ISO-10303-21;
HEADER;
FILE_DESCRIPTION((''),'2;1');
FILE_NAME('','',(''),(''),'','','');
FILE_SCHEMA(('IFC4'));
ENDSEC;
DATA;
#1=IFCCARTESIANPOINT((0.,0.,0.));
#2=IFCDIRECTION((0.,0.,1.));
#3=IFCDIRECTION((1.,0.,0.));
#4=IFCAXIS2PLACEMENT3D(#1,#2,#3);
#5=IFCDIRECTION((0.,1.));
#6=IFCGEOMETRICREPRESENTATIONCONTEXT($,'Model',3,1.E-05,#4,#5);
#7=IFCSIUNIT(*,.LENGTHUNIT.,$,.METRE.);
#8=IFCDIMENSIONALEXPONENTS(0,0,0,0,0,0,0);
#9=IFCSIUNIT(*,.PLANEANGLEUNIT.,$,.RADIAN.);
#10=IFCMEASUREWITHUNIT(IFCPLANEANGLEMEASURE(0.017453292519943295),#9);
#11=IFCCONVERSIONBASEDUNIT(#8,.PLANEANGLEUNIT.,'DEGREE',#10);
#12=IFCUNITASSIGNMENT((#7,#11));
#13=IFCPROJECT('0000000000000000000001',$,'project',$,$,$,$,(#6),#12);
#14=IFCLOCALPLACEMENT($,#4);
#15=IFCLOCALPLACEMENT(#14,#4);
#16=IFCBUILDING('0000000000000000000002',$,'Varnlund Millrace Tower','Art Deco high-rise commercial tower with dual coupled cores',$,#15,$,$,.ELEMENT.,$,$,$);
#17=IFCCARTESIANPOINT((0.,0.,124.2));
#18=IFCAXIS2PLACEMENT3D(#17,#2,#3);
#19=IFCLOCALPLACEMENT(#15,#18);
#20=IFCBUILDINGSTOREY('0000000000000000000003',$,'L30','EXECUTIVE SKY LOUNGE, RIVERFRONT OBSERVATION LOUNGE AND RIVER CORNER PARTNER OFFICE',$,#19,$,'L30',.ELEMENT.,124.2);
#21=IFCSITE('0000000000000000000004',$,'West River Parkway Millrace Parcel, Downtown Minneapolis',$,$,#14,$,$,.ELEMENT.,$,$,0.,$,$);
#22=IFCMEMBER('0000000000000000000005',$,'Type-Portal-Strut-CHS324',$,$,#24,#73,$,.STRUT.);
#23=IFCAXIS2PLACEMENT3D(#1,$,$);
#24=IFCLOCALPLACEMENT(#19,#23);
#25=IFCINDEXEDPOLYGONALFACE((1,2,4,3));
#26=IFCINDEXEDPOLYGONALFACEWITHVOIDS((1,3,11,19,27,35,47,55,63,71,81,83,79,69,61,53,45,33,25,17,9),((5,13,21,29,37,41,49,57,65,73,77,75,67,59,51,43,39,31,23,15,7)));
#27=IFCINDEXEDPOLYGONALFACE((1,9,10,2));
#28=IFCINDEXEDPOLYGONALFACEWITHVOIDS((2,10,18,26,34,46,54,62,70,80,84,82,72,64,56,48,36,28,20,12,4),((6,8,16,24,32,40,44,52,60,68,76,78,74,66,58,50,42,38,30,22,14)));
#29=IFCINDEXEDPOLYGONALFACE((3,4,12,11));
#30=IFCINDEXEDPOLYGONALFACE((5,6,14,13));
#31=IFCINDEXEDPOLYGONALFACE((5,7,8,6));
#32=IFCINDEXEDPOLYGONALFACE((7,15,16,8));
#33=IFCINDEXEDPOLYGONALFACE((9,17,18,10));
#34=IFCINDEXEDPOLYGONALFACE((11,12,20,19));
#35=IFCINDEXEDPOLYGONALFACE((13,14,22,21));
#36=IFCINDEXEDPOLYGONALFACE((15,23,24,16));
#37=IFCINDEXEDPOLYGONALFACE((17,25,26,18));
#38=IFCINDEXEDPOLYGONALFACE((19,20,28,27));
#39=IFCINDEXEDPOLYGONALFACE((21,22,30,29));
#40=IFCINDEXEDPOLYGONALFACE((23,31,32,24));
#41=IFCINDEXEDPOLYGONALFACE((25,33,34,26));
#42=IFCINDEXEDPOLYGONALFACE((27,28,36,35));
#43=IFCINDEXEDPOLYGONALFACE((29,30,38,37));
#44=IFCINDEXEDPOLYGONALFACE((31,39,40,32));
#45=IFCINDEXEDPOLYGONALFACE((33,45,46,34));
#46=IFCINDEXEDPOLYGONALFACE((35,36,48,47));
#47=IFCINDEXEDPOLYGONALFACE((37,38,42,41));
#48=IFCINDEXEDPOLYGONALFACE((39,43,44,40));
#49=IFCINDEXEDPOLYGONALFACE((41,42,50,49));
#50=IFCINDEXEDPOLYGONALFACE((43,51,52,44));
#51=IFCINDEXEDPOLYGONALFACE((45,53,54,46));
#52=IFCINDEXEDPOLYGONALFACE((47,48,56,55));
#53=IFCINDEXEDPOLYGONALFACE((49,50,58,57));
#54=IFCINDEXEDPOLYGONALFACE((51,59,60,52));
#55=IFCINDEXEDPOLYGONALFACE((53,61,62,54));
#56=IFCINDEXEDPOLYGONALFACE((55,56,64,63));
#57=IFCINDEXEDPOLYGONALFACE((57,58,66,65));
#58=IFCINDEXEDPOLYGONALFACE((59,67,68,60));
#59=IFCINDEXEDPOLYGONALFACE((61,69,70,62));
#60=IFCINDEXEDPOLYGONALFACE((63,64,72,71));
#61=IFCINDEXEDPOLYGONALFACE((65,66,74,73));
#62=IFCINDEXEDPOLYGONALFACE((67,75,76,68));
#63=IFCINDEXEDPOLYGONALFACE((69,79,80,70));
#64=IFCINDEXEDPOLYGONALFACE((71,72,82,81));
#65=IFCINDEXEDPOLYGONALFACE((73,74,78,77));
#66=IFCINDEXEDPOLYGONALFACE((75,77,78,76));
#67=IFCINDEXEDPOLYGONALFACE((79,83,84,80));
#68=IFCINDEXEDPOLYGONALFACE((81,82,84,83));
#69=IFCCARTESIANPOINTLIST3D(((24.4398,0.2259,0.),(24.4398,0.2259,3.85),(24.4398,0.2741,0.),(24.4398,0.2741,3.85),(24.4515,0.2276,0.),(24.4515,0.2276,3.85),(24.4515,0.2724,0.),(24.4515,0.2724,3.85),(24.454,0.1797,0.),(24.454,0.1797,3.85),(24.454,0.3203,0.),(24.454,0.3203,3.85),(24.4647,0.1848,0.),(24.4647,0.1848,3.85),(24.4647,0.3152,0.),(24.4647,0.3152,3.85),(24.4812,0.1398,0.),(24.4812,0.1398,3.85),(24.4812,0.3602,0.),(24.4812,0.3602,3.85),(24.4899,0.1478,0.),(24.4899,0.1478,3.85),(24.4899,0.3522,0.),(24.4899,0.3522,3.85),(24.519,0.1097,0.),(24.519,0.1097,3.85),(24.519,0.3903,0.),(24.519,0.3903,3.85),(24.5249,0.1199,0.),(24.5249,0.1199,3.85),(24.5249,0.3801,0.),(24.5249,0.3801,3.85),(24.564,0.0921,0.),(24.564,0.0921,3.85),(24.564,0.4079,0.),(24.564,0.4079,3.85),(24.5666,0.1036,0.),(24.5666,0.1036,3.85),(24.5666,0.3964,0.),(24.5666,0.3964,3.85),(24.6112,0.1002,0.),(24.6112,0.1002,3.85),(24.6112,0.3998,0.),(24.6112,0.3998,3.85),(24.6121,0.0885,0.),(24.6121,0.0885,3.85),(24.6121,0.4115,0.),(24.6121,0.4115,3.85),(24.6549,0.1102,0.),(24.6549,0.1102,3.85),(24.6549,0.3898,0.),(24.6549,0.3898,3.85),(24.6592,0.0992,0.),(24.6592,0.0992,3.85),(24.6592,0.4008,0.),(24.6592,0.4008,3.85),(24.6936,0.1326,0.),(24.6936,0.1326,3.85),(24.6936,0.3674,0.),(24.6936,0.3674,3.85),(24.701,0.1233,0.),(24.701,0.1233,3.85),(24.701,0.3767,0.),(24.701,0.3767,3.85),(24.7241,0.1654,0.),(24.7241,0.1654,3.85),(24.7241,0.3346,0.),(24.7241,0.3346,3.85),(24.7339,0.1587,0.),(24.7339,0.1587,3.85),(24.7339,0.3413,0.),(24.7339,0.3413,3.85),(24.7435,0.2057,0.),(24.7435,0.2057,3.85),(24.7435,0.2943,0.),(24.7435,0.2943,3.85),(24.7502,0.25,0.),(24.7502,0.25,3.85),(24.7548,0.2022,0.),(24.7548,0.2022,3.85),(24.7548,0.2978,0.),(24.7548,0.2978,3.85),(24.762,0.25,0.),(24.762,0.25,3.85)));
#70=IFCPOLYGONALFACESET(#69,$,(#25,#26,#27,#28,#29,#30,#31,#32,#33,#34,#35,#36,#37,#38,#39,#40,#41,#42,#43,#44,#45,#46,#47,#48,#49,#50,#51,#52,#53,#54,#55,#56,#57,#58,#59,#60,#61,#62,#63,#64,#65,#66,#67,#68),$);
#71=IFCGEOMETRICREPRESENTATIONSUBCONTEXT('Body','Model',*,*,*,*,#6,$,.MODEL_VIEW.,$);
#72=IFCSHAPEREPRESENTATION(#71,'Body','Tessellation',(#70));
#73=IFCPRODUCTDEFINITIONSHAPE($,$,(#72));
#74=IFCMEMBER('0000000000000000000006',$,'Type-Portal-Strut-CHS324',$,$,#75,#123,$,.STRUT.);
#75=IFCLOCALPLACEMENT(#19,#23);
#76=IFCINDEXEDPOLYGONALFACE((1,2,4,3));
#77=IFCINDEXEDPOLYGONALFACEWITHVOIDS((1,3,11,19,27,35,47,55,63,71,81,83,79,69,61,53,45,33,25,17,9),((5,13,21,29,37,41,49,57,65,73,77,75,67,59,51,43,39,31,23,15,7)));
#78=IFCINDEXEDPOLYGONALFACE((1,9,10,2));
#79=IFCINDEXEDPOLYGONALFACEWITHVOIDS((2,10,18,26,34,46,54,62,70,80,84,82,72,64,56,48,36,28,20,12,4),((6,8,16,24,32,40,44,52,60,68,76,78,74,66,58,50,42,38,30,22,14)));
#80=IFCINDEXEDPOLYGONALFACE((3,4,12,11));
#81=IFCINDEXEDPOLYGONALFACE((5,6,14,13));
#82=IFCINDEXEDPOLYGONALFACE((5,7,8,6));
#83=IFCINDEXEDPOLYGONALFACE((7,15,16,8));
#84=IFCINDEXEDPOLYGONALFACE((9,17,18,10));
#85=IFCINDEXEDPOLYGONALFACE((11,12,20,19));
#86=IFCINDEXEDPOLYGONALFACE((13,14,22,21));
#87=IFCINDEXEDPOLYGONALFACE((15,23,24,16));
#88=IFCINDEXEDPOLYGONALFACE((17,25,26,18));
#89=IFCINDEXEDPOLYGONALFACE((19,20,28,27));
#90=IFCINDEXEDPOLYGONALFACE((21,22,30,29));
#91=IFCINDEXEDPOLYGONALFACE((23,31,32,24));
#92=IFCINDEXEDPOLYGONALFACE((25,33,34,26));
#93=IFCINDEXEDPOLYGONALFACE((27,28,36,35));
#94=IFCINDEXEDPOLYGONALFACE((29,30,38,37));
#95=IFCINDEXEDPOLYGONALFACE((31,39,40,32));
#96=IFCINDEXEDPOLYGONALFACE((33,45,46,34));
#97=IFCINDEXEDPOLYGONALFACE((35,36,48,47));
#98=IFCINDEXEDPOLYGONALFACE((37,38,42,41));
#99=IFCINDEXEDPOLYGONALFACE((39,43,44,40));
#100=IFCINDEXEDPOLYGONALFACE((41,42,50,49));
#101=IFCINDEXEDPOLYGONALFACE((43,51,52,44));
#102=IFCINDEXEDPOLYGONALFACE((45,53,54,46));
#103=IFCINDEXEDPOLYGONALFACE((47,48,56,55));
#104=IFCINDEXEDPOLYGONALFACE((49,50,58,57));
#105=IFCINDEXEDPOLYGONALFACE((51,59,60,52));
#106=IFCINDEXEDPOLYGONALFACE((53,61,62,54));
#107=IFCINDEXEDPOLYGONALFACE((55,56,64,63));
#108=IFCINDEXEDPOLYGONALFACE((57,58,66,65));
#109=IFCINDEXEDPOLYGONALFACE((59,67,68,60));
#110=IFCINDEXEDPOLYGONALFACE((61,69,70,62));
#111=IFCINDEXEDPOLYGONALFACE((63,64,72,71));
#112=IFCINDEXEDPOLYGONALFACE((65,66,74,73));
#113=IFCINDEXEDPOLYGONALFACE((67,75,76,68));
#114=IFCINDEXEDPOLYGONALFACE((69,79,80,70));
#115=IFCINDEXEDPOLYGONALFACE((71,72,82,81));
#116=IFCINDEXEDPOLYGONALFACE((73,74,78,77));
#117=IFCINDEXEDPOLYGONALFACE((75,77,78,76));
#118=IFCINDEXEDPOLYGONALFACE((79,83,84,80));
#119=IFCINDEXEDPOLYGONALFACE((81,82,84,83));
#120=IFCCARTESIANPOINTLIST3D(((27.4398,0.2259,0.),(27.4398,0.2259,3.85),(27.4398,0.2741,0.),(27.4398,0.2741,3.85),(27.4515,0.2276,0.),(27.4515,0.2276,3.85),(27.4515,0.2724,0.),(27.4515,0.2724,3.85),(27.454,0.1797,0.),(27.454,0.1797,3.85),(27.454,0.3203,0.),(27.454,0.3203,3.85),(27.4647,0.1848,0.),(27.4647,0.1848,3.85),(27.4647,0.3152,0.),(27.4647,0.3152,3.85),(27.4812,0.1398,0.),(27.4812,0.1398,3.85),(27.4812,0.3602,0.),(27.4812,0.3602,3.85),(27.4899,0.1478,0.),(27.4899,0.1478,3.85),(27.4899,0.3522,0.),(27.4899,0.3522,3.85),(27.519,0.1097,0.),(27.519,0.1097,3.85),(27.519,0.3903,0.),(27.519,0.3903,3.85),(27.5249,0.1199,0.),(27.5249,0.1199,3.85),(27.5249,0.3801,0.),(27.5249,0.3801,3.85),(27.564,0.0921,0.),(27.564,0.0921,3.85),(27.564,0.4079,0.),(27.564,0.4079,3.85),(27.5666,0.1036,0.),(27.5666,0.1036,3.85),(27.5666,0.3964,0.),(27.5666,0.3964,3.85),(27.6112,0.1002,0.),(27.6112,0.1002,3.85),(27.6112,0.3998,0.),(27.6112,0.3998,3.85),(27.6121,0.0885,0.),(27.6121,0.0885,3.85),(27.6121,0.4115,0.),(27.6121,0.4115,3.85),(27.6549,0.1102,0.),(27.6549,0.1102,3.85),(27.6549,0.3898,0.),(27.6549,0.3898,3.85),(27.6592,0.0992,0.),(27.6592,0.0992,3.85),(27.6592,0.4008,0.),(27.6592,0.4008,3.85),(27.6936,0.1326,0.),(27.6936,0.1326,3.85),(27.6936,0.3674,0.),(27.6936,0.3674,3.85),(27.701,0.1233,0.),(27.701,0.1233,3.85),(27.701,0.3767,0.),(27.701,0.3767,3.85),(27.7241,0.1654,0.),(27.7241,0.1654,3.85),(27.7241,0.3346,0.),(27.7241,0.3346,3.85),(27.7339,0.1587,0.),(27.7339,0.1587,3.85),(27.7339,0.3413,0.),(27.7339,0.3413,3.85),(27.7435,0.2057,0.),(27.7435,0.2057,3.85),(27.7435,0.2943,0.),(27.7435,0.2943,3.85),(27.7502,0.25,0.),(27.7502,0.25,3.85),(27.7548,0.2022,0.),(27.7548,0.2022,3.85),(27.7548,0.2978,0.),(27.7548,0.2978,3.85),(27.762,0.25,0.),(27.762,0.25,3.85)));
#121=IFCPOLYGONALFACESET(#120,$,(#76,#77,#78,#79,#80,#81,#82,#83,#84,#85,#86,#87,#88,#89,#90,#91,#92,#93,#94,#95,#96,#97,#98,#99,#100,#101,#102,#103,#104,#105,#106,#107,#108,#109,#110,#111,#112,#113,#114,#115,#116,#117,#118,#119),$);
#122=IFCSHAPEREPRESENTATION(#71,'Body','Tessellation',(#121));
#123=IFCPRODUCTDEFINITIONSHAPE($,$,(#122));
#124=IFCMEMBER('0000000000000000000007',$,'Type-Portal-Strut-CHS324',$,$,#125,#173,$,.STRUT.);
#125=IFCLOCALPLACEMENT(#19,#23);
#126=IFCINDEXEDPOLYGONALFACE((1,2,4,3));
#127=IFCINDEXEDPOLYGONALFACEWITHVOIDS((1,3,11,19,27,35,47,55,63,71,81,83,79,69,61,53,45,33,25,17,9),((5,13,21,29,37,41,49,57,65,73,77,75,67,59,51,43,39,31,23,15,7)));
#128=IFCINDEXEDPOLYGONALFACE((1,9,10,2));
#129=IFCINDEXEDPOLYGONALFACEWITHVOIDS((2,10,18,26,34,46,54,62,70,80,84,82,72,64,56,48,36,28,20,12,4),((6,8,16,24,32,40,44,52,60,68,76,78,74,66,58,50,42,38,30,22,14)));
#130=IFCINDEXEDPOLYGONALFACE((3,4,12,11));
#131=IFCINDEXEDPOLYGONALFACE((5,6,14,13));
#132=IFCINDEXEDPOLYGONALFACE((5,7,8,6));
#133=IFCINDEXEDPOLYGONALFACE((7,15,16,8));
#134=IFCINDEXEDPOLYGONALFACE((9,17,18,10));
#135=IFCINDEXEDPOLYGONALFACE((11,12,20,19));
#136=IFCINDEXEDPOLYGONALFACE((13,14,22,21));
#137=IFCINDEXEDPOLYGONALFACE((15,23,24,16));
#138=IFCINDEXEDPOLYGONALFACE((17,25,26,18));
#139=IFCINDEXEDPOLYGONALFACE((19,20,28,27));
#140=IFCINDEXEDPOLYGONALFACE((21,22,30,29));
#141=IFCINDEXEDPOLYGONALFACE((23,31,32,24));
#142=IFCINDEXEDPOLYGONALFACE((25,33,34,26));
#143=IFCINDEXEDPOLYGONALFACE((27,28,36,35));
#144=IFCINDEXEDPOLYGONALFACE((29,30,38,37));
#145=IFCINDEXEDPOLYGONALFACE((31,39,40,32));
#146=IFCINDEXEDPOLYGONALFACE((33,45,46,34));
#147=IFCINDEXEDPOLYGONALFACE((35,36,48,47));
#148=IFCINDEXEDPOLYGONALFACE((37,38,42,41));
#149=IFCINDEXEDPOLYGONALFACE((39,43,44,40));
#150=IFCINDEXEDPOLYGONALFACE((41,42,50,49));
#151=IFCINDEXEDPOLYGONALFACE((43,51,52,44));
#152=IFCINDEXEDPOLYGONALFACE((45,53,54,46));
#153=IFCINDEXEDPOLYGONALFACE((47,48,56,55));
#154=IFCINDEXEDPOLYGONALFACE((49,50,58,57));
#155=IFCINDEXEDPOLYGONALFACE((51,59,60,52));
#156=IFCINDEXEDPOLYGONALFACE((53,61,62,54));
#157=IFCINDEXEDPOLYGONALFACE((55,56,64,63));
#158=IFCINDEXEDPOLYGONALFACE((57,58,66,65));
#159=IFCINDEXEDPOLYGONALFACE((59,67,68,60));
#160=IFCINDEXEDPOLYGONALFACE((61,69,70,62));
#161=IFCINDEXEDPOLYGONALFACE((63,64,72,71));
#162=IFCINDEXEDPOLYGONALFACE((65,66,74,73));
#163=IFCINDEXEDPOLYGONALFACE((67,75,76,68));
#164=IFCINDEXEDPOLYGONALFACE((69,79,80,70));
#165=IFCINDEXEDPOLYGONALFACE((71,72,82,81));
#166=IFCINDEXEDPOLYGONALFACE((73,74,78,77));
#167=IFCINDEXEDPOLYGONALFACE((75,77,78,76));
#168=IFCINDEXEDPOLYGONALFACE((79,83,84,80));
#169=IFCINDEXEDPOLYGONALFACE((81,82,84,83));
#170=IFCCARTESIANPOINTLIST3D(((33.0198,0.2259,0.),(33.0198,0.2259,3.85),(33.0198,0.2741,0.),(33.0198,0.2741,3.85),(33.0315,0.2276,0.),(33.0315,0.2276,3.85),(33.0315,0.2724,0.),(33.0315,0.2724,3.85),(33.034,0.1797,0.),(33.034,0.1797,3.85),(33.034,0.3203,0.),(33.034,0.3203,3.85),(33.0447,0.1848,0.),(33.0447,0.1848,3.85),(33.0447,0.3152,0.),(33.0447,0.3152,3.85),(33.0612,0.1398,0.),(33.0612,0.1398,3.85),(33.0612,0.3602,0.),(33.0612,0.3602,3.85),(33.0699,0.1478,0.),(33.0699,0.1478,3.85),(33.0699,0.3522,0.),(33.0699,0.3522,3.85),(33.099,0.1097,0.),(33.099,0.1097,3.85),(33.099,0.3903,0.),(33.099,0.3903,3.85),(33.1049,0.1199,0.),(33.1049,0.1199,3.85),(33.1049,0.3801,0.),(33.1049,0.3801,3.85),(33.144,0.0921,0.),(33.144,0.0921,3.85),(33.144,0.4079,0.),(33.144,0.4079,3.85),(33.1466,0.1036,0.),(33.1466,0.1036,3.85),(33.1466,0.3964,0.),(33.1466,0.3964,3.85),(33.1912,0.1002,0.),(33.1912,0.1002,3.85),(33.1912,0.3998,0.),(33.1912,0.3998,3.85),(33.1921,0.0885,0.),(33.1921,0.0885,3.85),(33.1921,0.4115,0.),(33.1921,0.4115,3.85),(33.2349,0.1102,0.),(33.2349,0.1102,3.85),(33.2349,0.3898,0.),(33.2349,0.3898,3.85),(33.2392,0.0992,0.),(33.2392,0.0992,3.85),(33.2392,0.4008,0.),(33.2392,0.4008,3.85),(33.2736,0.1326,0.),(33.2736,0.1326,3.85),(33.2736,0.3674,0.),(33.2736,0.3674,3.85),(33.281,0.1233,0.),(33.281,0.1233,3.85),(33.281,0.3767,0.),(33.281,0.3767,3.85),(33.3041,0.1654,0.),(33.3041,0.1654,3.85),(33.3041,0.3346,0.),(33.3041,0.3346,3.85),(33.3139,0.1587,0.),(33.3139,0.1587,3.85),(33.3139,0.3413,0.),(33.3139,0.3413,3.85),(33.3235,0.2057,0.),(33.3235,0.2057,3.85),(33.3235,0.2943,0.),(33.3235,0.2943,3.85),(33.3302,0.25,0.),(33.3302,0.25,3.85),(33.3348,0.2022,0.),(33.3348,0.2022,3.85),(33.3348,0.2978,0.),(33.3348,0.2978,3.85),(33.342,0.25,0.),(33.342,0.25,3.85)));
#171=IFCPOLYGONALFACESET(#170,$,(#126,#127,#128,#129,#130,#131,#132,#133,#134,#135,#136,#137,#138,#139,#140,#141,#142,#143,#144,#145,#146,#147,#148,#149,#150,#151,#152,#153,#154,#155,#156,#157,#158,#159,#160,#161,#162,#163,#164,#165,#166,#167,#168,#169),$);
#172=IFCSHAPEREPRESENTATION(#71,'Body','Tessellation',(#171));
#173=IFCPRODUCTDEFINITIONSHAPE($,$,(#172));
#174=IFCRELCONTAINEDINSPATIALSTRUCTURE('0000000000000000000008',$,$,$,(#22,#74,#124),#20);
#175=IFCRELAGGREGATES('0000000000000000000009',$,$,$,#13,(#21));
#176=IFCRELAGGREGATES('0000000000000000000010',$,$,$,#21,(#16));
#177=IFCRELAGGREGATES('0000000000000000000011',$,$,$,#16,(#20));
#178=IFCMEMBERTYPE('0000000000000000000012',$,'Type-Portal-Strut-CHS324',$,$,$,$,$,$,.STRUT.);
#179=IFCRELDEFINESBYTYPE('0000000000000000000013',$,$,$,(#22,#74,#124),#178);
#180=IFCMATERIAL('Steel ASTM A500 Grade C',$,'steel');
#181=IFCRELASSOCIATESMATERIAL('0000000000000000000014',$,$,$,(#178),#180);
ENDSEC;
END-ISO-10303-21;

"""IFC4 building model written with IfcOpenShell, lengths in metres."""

from ifc_helpers import new_model, entity, si_unit, converted_unit, direction, frame, origin_with_axes, origin_2d_with_axis, place, context, subcontext, project, spatial, hollow_circle, extrude, material, material_profile, profile_set, type_object, element, save


model = new_model("IFC4")

# Units and contexts
model_context = context("Model", 3, precision=1e-05, world=origin_with_axes(), true_north=direction((0.0, 1.0)))
body_context = subcontext(model_context, "Body", "Model", "MODEL_VIEW")
ifc_project = project(units=[si_unit("LENGTHUNIT", "METRE"), converted_unit("PLANEANGLEUNIT", "DEGREE", entity("IfcPlaneAngleMeasure", 0.017453292519943295), si_unit("PLANEANGLEUNIT", "RADIAN"), dimensions=[0, 0, 0, 0, 0, 0, 0])], contexts=[model_context])

# Site, building, storey
site_placement = place(None, origin_with_axes())
site = spatial("IfcSite", under=ifc_project, at=site_placement, Name="West River Parkway Millrace Parcel, Downtown Minneapolis", CompositionType="ELEMENT", RefElevation=0.0)
building_placement = place(site_placement, origin_with_axes())
building = spatial("IfcBuilding", under=site, at=building_placement, Name="Varnlund Millrace Tower", Description="Art Deco high-rise commercial tower with dual coupled cores", CompositionType="ELEMENT")
storey_placement = place(building_placement, frame((0.0, 0.0, 124.2), z_axis=(0.0, 0.0, 1.0), x_axis=(1.0, 0.0, 0.0)))
storey = spatial("IfcBuildingStorey", under=building, at=storey_placement, Name="L30", Description="EXECUTIVE SKY LOUNGE, RIVERFRONT OBSERVATION LOUNGE AND RIVER CORNER PARTNER OFFICE", LongName="L30", CompositionType="ELEMENT", Elevation=124.2)

# Members
ifc_material_1 = material(Name="Steel ASTM A500 Grade C", Category="steel")
ifc_material_profile_1 = material_profile(ifc_material_1, hollow_circle(Radius=0.162, WallThickness=0.0118, at=origin_2d_with_axis()), Name="Steel ASTM A500 Grade C")
ifc_profile_set_1 = profile_set([ifc_material_profile_1], Name="Steel ASTM A500 Grade C")
member_type_1 = type_object("IfcMemberType", Name="Type-Portal-Strut-CHS324", PredefinedType="STRUT", material=ifc_profile_set_1)
for number, where, z_axis, x_axis, name in (
    (1, (24.6, 0.25, 0.0), (0.0, 0.0, 1.0), (1.0, 0.0, 0.0), "Type-Portal-Strut-CHS324"),
    (2, (27.6, 0.25, 0.0), (0.0, 0.0, 1.0), (1.0, 0.0, 0.0), "Type-Portal-Strut-CHS324"),
    (3, (33.18, 0.25, 0.0), (0.0, 0.0, 1.0), (1.0, 0.0, 0.0), "Type-Portal-Strut-CHS324"),
):
    element("IfcMember", number, at=place(storey_placement, frame(where, z_axis=z_axis, x_axis=x_axis)), inside=storey, type_object=member_type_1, Name=name, PredefinedType="STRUT", context=body_context, shape_type="SweptSolid", body=[
        extrude(hollow_circle(Radius=0.162, WallThickness=0.0118, at=origin_2d_with_axis()), origin_with_axes(), (0.0, 0.0, 1.0), 3.85),
    ])

save(model, "model.ifc")
